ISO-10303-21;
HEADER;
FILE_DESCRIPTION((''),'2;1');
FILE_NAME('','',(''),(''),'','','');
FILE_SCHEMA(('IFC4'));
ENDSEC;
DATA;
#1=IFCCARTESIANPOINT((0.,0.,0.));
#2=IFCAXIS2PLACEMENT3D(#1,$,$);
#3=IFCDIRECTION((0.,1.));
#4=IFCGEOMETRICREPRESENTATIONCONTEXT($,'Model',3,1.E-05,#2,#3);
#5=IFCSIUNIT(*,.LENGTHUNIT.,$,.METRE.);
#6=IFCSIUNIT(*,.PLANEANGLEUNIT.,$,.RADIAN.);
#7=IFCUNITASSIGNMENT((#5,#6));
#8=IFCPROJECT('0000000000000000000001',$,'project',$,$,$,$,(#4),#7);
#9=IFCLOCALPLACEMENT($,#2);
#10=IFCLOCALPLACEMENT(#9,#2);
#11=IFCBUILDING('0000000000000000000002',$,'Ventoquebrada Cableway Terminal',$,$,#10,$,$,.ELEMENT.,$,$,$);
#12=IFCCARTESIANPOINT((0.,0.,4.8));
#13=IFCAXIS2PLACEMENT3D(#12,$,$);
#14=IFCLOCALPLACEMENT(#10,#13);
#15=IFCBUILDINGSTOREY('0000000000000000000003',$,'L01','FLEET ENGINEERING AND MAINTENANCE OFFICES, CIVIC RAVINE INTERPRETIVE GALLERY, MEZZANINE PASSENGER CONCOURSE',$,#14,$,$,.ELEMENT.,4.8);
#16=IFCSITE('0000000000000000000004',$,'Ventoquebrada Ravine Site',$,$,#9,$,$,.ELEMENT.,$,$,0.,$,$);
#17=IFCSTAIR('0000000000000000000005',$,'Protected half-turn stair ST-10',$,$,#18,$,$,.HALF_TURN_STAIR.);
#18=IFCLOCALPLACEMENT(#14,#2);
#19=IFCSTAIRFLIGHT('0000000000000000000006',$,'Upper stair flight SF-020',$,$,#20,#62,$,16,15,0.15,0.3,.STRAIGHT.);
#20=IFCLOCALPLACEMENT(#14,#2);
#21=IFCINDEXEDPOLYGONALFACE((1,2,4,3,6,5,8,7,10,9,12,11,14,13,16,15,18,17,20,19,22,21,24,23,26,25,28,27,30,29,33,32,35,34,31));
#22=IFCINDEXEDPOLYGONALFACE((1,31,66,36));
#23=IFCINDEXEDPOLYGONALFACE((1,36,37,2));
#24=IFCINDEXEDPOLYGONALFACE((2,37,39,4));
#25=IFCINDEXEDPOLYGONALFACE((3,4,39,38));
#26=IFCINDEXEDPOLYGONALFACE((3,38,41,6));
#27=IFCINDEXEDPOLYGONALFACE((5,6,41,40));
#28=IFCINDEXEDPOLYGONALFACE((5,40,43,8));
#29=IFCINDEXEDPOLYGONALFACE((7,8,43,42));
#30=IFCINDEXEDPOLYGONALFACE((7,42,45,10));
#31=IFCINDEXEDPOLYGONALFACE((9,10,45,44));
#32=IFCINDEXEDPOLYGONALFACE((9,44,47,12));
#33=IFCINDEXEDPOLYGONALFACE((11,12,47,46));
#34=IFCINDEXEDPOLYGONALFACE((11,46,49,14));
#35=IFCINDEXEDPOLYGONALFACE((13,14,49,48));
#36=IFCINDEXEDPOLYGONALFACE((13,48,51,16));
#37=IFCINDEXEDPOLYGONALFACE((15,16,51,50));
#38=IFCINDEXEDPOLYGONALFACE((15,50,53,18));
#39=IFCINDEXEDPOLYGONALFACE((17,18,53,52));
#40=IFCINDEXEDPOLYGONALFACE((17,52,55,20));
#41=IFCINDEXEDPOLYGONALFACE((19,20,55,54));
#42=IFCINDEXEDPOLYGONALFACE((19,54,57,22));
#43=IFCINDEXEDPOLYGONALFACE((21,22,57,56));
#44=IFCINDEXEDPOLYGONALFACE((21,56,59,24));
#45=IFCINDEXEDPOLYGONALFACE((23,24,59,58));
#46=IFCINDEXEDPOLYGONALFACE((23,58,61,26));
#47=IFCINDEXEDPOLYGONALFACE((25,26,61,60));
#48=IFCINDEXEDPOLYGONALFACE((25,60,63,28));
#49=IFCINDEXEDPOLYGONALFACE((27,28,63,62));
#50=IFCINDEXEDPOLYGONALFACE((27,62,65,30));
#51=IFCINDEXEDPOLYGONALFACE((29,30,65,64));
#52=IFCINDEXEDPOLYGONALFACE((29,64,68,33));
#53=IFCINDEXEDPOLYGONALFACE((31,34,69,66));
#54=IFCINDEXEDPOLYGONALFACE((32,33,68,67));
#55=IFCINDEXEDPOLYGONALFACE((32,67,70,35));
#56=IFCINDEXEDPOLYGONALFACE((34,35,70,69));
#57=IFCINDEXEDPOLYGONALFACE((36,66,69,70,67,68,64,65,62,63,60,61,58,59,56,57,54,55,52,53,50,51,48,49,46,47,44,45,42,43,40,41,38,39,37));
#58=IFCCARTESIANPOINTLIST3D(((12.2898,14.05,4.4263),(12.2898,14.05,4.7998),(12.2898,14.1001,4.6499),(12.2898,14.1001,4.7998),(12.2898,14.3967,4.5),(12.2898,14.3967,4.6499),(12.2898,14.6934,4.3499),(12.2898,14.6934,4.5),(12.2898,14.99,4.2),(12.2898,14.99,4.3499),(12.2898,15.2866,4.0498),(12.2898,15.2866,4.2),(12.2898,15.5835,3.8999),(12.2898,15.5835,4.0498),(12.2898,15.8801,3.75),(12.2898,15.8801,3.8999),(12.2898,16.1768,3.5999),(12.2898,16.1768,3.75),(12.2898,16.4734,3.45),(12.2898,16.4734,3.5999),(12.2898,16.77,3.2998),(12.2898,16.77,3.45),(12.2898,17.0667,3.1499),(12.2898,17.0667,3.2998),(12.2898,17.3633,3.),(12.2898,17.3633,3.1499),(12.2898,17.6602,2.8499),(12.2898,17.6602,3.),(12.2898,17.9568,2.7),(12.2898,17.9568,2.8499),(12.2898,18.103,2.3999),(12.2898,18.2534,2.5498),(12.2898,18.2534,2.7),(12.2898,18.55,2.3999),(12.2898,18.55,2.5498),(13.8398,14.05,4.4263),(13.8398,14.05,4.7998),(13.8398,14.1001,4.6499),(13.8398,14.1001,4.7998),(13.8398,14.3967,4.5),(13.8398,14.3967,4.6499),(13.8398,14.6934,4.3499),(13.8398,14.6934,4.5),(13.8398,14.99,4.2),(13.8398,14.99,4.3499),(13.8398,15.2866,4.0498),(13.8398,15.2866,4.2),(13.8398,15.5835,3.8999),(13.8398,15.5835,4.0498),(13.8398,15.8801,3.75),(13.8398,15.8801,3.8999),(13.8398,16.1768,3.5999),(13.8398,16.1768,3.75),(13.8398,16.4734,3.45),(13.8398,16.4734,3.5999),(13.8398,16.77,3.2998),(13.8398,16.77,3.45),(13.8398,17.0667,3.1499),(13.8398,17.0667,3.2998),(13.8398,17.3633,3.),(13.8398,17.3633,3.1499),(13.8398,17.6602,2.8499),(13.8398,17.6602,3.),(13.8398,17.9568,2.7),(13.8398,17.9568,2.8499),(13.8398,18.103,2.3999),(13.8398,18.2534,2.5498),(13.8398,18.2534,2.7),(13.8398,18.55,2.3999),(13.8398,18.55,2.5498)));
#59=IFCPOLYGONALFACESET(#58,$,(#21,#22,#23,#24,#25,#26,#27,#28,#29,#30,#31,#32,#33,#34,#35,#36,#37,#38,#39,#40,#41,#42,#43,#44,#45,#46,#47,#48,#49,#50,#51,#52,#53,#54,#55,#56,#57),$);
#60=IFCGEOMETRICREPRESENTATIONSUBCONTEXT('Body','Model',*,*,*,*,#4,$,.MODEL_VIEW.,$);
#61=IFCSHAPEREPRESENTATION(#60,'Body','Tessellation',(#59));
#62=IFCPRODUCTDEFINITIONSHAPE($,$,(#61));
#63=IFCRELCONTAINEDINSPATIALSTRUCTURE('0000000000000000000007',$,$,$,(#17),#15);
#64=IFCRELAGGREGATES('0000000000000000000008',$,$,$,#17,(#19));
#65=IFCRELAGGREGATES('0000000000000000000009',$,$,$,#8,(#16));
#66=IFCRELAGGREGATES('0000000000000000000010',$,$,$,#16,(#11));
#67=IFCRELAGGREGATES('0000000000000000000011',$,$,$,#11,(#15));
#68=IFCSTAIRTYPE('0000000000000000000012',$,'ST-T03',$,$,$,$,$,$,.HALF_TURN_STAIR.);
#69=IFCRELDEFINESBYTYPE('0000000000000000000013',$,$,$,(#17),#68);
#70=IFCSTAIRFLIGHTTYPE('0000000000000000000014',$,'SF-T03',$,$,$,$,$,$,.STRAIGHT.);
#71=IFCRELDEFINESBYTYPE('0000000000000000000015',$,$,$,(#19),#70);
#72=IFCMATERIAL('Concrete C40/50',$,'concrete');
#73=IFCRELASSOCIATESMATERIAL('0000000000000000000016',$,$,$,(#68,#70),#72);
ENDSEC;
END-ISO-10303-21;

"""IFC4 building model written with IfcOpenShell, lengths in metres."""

from ifc_helpers import new_model, si_unit, direction, frame, origin, place, context, subcontext, project, spatial, polyline, outline, extrude, material, type_object, element, aggregate, save


model = new_model("IFC4")

# Units and contexts
model_context = context("Model", 3, precision=1e-05, world=origin(), true_north=direction((0.0, 1.0)))
body_context = subcontext(model_context, "Body", "Model", "MODEL_VIEW")
ifc_project = project(units=[si_unit("LENGTHUNIT", "METRE"), si_unit("PLANEANGLEUNIT", "RADIAN")], contexts=[model_context])

# Site, building, storey
site_placement = place(None, origin())
site = spatial("IfcSite", under=ifc_project, at=site_placement, Name="Ventoquebrada Ravine Site", CompositionType="ELEMENT", RefElevation=0.0)
building_placement = place(site_placement, origin())
building = spatial("IfcBuilding", under=site, at=building_placement, Name="Ventoquebrada Cableway Terminal", CompositionType="ELEMENT")
storey_placement = place(building_placement, frame((0.0, 0.0, 4.8)))
storey = spatial("IfcBuildingStorey", under=building, at=storey_placement, Name="L01", Description="FLEET ENGINEERING AND MAINTENANCE OFFICES, CIVIC RAVINE INTERPRETIVE GALLERY, MEZZANINE PASSENGER CONCOURSE", CompositionType="ELEMENT", Elevation=4.8)

# Shared definitions
ifc_material_1 = material(Name="Concrete C40/50", Category="concrete")

# Stair, stair flight
stair_type = type_object("IfcStairType", Name="ST-T03", PredefinedType="HALF_TURN_STAIR", material=ifc_material_1)
stair_placement = place(storey_placement, origin())
stair = element("IfcStair", 1, at=stair_placement, inside=storey, type_object=stair_type, Name="Protected half-turn stair ST-10", PredefinedType="HALF_TURN_STAIR")
stair_flight_type = type_object("IfcStairFlightType", Name="SF-T03", PredefinedType="STRAIGHT", material=ifc_material_1)
stair_flight_1_placement = place(storey_placement, frame((13.0649, 18.55, 2.3999), z_axis=(0.0, 0.0, 1.0), x_axis=(0.0, -1.0, 0.0)))
stair_flight_1 = element("IfcStairFlight", 2, at=stair_flight_1_placement, type_object=stair_flight_type, Name="Upper stair flight SF-020", NumberOfRisers=16, NumberOfTreads=15, PredefinedType="STRAIGHT", RiserHeight=0.15, TreadLength=0.3, context=body_context, shape_type="SweptSolid", body=[
    extrude(outline(polyline([(0.0, 0.0), (0.0, 0.1499), (0.2966, 0.1499), (0.2966, 0.3), (0.5933, 0.3), (0.5933, 0.45), (0.8899, 0.45), (0.8899, 0.6001), (1.1868, 0.6001), (1.1868, 0.75), (1.4834, 0.75), (1.4834, 0.8999), (1.78, 0.8999), (1.78, 1.05), (2.0767, 1.05), (2.0767, 1.2), (2.3733, 1.2), (2.3733, 1.3501), (2.6699, 1.3501), (2.6699, 1.5), (2.9666, 1.5), (2.9666, 1.6499), (3.2634, 1.6499), (3.2634, 1.8), (3.5601, 1.8), (3.5601, 1.95), (3.8567, 1.95), (3.8567, 2.1001), (4.1533, 2.1001), (4.1533, 2.25), (4.45, 2.25), (4.45, 2.3999), (4.5, 2.3999), (4.5, 2.0264), (0.447, 0.0), (0.0, 0.0)])), frame((0.0, 0.7749, 0.0), z_axis=(0.0, -1.0, 0.0), x_axis=(1.0, 0.0, 0.0)), (0.0, 0.0, 1.0), 1.55),
])
aggregate(stair, [stair_flight_1])

save(model, "model.ifc")
